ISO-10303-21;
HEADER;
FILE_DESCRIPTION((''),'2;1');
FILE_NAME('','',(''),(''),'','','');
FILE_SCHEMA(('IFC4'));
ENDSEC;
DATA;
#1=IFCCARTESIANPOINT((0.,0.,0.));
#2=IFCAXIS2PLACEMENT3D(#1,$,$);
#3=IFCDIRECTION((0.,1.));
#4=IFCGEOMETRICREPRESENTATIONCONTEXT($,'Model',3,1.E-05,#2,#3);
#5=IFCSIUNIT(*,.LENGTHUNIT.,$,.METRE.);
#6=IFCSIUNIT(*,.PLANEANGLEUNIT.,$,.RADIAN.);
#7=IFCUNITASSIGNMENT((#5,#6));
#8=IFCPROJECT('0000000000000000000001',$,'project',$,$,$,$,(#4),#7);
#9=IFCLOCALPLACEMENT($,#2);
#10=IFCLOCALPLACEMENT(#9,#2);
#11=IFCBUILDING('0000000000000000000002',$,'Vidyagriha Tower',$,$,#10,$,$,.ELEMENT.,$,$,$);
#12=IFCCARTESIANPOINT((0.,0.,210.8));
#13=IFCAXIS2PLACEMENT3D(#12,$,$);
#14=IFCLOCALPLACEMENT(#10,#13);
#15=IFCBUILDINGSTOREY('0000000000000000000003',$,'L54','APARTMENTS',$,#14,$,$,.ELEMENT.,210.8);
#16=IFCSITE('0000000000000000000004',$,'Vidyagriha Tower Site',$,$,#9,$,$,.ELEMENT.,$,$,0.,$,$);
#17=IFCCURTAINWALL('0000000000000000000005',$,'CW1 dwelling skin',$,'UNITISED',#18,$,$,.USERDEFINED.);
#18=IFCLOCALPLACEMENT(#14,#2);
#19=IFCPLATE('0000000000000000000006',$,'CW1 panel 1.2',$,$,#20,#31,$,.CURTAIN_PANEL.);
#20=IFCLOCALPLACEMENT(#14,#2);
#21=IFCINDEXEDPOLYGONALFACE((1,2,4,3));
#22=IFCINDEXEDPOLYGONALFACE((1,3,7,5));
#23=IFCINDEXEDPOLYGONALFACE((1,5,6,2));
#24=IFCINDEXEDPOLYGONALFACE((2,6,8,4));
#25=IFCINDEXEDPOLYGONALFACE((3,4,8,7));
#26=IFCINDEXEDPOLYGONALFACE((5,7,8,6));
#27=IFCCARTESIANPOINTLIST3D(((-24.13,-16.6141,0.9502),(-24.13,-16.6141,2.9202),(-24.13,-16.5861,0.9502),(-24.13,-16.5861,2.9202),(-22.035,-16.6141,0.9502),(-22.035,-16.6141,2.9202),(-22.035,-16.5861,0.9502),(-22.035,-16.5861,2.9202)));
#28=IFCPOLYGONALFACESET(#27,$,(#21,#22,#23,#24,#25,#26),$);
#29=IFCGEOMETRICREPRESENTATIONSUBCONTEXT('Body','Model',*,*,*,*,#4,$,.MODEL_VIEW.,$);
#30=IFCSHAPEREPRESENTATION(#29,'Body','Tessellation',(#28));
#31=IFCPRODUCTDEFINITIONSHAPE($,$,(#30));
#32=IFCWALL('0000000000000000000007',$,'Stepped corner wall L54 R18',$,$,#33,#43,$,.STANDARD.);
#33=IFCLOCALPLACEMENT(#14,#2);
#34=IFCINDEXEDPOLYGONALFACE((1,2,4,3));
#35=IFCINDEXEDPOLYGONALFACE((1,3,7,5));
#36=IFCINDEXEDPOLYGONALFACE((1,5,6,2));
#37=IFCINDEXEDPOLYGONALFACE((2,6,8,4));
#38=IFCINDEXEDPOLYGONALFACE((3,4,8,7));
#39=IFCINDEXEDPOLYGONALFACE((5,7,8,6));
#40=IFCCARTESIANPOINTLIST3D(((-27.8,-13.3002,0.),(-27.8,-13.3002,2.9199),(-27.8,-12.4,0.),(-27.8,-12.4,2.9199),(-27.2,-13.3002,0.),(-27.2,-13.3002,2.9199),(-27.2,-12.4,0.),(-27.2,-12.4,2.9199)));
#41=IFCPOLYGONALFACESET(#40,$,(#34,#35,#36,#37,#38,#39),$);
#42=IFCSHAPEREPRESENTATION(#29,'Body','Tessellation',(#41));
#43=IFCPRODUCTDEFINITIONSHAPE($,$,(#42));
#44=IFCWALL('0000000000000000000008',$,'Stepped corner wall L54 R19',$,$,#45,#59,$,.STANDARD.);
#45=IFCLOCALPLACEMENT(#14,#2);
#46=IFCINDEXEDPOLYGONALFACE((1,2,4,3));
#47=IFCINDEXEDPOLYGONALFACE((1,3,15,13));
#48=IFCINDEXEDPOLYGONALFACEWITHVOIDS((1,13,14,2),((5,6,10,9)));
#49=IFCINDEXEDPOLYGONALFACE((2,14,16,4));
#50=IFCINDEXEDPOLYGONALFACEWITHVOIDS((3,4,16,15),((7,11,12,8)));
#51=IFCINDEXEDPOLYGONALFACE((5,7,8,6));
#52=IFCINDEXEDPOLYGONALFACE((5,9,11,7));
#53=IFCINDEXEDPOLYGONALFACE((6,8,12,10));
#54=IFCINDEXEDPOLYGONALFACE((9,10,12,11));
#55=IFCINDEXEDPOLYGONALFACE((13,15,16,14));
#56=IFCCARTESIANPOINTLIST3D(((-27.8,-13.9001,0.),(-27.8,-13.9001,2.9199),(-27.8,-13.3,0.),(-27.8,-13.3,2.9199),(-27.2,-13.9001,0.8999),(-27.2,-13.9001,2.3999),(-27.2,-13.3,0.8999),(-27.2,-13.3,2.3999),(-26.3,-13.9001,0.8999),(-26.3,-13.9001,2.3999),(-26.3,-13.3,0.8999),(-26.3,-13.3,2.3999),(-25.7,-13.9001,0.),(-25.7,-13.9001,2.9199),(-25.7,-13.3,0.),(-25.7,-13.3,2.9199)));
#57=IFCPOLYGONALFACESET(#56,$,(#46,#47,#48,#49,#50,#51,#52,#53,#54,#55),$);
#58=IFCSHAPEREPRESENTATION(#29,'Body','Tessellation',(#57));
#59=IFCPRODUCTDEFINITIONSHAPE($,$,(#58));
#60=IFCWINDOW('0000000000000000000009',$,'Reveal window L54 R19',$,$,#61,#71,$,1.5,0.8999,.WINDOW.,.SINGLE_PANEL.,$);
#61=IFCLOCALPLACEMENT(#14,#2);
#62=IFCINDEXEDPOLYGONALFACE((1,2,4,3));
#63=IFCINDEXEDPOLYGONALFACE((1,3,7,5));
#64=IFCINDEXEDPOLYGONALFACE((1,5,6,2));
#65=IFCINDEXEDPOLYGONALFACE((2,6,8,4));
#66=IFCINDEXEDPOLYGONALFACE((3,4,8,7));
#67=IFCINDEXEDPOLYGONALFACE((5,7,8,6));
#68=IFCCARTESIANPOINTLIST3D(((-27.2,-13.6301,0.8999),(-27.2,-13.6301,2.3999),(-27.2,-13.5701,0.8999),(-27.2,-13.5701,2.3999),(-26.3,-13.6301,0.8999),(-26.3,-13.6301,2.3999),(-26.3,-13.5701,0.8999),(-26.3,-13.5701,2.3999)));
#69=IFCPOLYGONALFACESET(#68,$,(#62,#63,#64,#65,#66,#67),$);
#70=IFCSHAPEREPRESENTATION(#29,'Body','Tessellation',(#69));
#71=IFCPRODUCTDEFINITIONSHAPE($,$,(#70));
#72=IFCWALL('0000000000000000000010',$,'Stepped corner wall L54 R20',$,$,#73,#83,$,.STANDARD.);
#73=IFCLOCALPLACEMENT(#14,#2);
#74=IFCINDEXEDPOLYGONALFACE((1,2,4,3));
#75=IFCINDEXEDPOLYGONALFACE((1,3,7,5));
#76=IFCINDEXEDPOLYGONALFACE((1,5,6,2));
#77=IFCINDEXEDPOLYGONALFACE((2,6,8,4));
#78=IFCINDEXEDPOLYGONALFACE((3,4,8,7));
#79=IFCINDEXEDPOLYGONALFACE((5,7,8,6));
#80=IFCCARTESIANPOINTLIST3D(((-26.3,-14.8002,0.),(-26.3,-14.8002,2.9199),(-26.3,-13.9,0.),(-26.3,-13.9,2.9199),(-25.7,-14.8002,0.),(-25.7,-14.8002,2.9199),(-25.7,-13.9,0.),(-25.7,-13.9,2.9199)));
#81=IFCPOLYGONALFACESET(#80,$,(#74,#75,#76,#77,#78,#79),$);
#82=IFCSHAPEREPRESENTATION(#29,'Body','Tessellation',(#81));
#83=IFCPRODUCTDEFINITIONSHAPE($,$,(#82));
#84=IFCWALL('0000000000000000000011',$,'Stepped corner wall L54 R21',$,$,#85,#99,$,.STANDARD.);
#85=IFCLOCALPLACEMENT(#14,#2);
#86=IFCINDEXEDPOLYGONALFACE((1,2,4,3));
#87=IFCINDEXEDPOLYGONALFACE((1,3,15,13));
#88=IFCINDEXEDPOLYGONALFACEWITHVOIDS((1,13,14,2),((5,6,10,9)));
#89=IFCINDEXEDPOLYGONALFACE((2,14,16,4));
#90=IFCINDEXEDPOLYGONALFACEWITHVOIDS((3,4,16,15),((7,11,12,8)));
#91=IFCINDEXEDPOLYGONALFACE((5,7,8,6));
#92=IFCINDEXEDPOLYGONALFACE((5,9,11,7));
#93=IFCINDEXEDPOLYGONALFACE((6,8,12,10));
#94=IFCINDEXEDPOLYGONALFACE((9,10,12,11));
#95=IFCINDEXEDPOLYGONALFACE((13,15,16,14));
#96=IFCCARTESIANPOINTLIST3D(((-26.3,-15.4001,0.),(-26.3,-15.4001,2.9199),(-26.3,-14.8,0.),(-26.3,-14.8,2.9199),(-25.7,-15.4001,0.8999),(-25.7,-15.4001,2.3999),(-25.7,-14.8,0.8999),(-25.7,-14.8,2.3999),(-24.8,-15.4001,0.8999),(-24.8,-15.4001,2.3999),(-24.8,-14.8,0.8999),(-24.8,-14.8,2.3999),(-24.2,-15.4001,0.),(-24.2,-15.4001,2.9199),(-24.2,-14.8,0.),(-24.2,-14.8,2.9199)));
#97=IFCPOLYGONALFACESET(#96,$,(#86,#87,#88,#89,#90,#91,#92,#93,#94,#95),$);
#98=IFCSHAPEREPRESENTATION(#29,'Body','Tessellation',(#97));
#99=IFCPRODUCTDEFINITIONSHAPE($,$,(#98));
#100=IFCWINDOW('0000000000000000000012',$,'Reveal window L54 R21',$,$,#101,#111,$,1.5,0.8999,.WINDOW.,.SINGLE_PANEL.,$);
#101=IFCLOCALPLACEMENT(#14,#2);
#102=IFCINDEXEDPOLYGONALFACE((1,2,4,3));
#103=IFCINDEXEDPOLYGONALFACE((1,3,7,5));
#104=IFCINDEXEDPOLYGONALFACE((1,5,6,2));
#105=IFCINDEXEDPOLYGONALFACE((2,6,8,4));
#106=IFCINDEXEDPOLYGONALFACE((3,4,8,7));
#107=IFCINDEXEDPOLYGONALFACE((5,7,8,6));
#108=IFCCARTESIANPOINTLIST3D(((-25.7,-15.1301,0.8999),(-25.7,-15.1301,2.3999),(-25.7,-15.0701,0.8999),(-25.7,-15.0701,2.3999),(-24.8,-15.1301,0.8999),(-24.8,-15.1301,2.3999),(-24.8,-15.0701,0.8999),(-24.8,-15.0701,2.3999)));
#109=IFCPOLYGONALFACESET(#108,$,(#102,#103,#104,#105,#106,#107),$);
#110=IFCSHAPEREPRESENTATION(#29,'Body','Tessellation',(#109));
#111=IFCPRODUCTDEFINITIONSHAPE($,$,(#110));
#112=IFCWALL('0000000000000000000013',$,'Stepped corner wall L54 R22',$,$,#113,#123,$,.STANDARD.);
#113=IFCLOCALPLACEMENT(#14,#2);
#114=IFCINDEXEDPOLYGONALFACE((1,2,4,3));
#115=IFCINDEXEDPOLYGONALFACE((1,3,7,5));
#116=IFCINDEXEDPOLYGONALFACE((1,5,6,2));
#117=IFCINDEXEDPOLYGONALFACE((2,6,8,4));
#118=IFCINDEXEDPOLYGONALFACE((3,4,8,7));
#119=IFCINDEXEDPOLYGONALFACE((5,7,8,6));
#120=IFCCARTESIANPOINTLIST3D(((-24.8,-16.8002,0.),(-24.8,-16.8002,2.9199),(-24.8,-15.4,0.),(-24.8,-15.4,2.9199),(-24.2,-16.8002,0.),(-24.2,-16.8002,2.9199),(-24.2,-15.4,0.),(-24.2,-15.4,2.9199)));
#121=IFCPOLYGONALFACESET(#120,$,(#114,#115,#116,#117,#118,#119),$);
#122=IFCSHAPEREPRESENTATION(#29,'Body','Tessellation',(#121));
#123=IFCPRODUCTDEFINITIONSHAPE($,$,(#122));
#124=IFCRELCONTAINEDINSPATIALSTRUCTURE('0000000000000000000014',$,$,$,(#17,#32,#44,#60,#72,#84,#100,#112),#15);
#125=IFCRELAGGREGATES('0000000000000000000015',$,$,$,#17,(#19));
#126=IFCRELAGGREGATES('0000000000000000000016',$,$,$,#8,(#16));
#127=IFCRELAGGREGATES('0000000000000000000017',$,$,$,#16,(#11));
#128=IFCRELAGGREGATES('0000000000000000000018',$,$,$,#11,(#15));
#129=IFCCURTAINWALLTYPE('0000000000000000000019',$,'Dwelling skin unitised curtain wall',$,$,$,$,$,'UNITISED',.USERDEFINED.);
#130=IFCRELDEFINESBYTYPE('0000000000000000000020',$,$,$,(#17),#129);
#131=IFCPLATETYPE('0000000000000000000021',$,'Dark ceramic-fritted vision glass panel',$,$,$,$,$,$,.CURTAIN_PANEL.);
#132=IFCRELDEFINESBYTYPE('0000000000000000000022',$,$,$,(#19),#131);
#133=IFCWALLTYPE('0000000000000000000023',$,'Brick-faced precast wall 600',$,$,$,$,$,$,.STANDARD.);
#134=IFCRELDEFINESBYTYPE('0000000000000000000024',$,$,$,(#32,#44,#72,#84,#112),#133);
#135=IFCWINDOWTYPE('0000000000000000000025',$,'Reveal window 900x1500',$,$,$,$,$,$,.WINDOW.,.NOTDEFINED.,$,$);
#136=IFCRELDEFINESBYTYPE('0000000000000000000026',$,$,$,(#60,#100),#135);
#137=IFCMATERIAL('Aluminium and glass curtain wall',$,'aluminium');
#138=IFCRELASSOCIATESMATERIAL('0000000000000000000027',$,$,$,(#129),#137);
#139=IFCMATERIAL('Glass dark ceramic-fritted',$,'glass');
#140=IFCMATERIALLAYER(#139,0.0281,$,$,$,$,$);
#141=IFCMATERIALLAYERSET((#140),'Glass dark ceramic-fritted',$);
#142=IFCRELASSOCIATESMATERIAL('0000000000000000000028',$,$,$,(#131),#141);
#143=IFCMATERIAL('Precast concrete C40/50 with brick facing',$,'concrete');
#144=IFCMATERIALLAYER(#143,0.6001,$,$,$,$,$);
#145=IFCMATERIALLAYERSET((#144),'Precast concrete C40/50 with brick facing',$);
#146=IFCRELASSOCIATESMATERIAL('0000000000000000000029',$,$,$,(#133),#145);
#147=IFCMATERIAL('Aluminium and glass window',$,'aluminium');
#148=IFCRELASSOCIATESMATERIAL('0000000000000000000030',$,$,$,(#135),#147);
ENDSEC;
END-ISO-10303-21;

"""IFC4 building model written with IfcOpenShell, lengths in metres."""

from ifc_helpers import new_model, si_unit, direction, frame, frame_2d, origin, origin_2d, place, context, subcontext, project, spatial, rectangle, extrude, material, layer, layer_set, type_object, element, fill, aggregate, save


model = new_model("IFC4")

# Units and contexts
model_context = context("Model", 3, precision=1e-05, world=origin(), true_north=direction((0.0, 1.0)))
body_context = subcontext(model_context, "Body", "Model", "MODEL_VIEW")
ifc_project = project(units=[si_unit("LENGTHUNIT", "METRE"), si_unit("PLANEANGLEUNIT", "RADIAN")], contexts=[model_context])

# Site, building, storey
site_placement = place(None, origin())
site = spatial("IfcSite", under=ifc_project, at=site_placement, Name="Vidyagriha Tower Site", CompositionType="ELEMENT", RefElevation=0.0)
building_placement = place(site_placement, origin())
building = spatial("IfcBuilding", under=site, at=building_placement, Name="Vidyagriha Tower", CompositionType="ELEMENT")
storey_placement = place(building_placement, frame((0.0, 0.0, 210.8)))
storey = spatial("IfcBuildingStorey", under=building, at=storey_placement, Name="L54", Description="APARTMENTS", CompositionType="ELEMENT", Elevation=210.8)

# Curtain wall, plate
ifc_material_1 = material(Name="Aluminium and glass curtain wall", Category="aluminium")
curtain_wall_type = type_object("IfcCurtainWallType", Name="Dwelling skin unitised curtain wall", ElementType="UNITISED", PredefinedType="USERDEFINED", material=ifc_material_1)
curtain_wall_placement = place(storey_placement, origin())
curtain_wall = element("IfcCurtainWall", 1, at=curtain_wall_placement, inside=storey, type_object=curtain_wall_type, Name="CW1 dwelling skin", ObjectType="UNITISED", PredefinedType="USERDEFINED")
ifc_material_2 = material(Name="Glass dark ceramic-fritted", Category="glass")
ifc_layer_1 = layer(ifc_material_2, 0.0281)
ifc_layer_set_1 = layer_set([ifc_layer_1], Name="Glass dark ceramic-fritted")
plate_type_1 = type_object("IfcPlateType", Name="Dark ceramic-fritted vision glass panel", PredefinedType="CURTAIN_PANEL", material=ifc_layer_set_1)
plate_1_placement = place(storey_placement, frame((-23.0825, -16.6001, 0.9502)))
plate_1 = element("IfcPlate", 2, at=plate_1_placement, type_object=plate_type_1, Name="CW1 panel 1.2", PredefinedType="CURTAIN_PANEL", context=body_context, shape_type="SweptSolid", body=[
    extrude(rectangle(XDim=2.095, YDim=0.0281, at=origin_2d()), origin(), (0.0, 0.0, 1.0), 1.97),
])
aggregate(curtain_wall, [plate_1])

# Wall
ifc_material_3 = material(Name="Precast concrete C40/50 with brick facing", Category="concrete")
ifc_layer_2 = layer(ifc_material_3, 0.6001)
ifc_layer_set_2 = layer_set([ifc_layer_2], Name="Precast concrete C40/50 with brick facing")
wall_type = type_object("IfcWallType", Name="Brick-faced precast wall 600", PredefinedType="STANDARD", material=ifc_layer_set_2)
wall_1_placement = place(storey_placement, frame((-27.5, -12.3999, 0.0), z_axis=(0.0, 0.0, 1.0), x_axis=(0.0, -1.0, 0.0)))
element("IfcWall", 3, at=wall_1_placement, inside=storey, type_object=wall_type, Name="Stepped corner wall L54 R18", PredefinedType="STANDARD", context=body_context, shape_type="SweptSolid", body=[
    extrude(rectangle(XDim=0.9001, YDim=0.6001, at=frame_2d((0.4502, 0.0))), origin(), (0.0, 0.0, 1.0), 2.9199),
])

# Wall, opening, window
wall_2_placement = place(storey_placement, frame((-27.8, -13.6001, 0.0)))
wall_2 = element("IfcWall", 4, at=wall_2_placement, inside=storey, type_object=wall_type, Name="Stepped corner wall L54 R19", PredefinedType="STANDARD", context=body_context, shape_type="SweptSolid", body=[
    extrude(rectangle(XDim=2.1001, YDim=0.6001, at=frame_2d((1.05, 0.0))), origin(), (0.0, 0.0, 1.0), 2.9199),
])
opening_1_placement = place(wall_2_placement, frame((0.6001, 0.0, 0.8999)))
opening_1 = element("IfcOpeningElement", 5, at=opening_1_placement, cuts=wall_2, PredefinedType="OPENING", context=body_context, shape_type="SweptSolid", body=[
    extrude(rectangle(XDim=0.8999, YDim=1.5, at=frame_2d((0.45, 0.75))), frame((0.0, 0.3101, 0.0), z_axis=(0.0, -1.0, 0.0), x_axis=(1.0, 0.0, 0.0)), (0.0, 0.0, 1.0), 0.6201),
])
ifc_material_4 = material(Name="Aluminium and glass window", Category="aluminium")
window_type = type_object("IfcWindowType", Name="Reveal window 900x1500", PartitioningType="NOTDEFINED", PredefinedType="WINDOW", material=ifc_material_4)
window_1_placement = place(opening_1_placement, origin())
window_1 = element("IfcWindow", 6, at=window_1_placement, inside=storey, type_object=window_type, Name="Reveal window L54 R19", OverallHeight=1.5, OverallWidth=0.8999, PartitioningType="SINGLE_PANEL", PredefinedType="WINDOW", context=body_context, shape_type="SweptSolid", body=[
    extrude(rectangle(XDim=0.8999, YDim=1.5, at=frame_2d((0.45, 0.75))), frame((0.0, 0.03, 0.0), z_axis=(0.0, -1.0, 0.0), x_axis=(1.0, 0.0, 0.0)), (0.0, 0.0, 1.0), 0.0601),
])
fill(opening_1, window_1)

# Wall
wall_3_placement = place(storey_placement, frame((-26.0, -13.8999, 0.0), z_axis=(0.0, 0.0, 1.0), x_axis=(0.0, -1.0, 0.0)))
element("IfcWall", 7, at=wall_3_placement, inside=storey, type_object=wall_type, Name="Stepped corner wall L54 R20", PredefinedType="STANDARD", context=body_context, shape_type="SweptSolid", body=[
    extrude(rectangle(XDim=0.9001, YDim=0.6001, at=frame_2d((0.4502, 0.0))), origin(), (0.0, 0.0, 1.0), 2.9199),
])

# Wall, opening, window
wall_4_placement = place(storey_placement, frame((-26.3, -15.1001, 0.0)))
wall_4 = element("IfcWall", 8, at=wall_4_placement, inside=storey, type_object=wall_type, Name="Stepped corner wall L54 R21", PredefinedType="STANDARD", context=body_context, shape_type="SweptSolid", body=[
    extrude(rectangle(XDim=2.1001, YDim=0.6001, at=frame_2d((1.05, 0.0))), origin(), (0.0, 0.0, 1.0), 2.9199),
])
opening_2_placement = place(wall_4_placement, frame((0.6001, 0.0, 0.8999)))
opening_2 = element("IfcOpeningElement", 9, at=opening_2_placement, cuts=wall_4, PredefinedType="OPENING", context=body_context, shape_type="SweptSolid", body=[
    extrude(rectangle(XDim=0.8999, YDim=1.5, at=frame_2d((0.45, 0.75))), frame((0.0, 0.3101, 0.0), z_axis=(0.0, -1.0, 0.0), x_axis=(1.0, 0.0, 0.0)), (0.0, 0.0, 1.0), 0.6201),
])
window_2_placement = place(opening_2_placement, origin())
window_2 = element("IfcWindow", 10, at=window_2_placement, inside=storey, type_object=window_type, Name="Reveal window L54 R21", OverallHeight=1.5, OverallWidth=0.8999, PartitioningType="SINGLE_PANEL", PredefinedType="WINDOW", context=body_context, shape_type="SweptSolid", body=[
    extrude(rectangle(XDim=0.8999, YDim=1.5, at=frame_2d((0.45, 0.75))), frame((0.0, 0.03, 0.0), z_axis=(0.0, -1.0, 0.0), x_axis=(1.0, 0.0, 0.0)), (0.0, 0.0, 1.0), 0.0601),
])
fill(opening_2, window_2)

# Wall
wall_5_placement = place(storey_placement, frame((-24.5, -15.3999, 0.0), z_axis=(0.0, 0.0, 1.0), x_axis=(0.0, -1.0, 0.0)))
element("IfcWall", 11, at=wall_5_placement, inside=storey, type_object=wall_type, Name="Stepped corner wall L54 R22", PredefinedType="STANDARD", context=body_context, shape_type="SweptSolid", body=[
    extrude(rectangle(XDim=1.4001, YDim=0.6001, at=frame_2d((0.7002, 0.0))), origin(), (0.0, 0.0, 1.0), 2.9199),
])

save(model, "model.ifc")
